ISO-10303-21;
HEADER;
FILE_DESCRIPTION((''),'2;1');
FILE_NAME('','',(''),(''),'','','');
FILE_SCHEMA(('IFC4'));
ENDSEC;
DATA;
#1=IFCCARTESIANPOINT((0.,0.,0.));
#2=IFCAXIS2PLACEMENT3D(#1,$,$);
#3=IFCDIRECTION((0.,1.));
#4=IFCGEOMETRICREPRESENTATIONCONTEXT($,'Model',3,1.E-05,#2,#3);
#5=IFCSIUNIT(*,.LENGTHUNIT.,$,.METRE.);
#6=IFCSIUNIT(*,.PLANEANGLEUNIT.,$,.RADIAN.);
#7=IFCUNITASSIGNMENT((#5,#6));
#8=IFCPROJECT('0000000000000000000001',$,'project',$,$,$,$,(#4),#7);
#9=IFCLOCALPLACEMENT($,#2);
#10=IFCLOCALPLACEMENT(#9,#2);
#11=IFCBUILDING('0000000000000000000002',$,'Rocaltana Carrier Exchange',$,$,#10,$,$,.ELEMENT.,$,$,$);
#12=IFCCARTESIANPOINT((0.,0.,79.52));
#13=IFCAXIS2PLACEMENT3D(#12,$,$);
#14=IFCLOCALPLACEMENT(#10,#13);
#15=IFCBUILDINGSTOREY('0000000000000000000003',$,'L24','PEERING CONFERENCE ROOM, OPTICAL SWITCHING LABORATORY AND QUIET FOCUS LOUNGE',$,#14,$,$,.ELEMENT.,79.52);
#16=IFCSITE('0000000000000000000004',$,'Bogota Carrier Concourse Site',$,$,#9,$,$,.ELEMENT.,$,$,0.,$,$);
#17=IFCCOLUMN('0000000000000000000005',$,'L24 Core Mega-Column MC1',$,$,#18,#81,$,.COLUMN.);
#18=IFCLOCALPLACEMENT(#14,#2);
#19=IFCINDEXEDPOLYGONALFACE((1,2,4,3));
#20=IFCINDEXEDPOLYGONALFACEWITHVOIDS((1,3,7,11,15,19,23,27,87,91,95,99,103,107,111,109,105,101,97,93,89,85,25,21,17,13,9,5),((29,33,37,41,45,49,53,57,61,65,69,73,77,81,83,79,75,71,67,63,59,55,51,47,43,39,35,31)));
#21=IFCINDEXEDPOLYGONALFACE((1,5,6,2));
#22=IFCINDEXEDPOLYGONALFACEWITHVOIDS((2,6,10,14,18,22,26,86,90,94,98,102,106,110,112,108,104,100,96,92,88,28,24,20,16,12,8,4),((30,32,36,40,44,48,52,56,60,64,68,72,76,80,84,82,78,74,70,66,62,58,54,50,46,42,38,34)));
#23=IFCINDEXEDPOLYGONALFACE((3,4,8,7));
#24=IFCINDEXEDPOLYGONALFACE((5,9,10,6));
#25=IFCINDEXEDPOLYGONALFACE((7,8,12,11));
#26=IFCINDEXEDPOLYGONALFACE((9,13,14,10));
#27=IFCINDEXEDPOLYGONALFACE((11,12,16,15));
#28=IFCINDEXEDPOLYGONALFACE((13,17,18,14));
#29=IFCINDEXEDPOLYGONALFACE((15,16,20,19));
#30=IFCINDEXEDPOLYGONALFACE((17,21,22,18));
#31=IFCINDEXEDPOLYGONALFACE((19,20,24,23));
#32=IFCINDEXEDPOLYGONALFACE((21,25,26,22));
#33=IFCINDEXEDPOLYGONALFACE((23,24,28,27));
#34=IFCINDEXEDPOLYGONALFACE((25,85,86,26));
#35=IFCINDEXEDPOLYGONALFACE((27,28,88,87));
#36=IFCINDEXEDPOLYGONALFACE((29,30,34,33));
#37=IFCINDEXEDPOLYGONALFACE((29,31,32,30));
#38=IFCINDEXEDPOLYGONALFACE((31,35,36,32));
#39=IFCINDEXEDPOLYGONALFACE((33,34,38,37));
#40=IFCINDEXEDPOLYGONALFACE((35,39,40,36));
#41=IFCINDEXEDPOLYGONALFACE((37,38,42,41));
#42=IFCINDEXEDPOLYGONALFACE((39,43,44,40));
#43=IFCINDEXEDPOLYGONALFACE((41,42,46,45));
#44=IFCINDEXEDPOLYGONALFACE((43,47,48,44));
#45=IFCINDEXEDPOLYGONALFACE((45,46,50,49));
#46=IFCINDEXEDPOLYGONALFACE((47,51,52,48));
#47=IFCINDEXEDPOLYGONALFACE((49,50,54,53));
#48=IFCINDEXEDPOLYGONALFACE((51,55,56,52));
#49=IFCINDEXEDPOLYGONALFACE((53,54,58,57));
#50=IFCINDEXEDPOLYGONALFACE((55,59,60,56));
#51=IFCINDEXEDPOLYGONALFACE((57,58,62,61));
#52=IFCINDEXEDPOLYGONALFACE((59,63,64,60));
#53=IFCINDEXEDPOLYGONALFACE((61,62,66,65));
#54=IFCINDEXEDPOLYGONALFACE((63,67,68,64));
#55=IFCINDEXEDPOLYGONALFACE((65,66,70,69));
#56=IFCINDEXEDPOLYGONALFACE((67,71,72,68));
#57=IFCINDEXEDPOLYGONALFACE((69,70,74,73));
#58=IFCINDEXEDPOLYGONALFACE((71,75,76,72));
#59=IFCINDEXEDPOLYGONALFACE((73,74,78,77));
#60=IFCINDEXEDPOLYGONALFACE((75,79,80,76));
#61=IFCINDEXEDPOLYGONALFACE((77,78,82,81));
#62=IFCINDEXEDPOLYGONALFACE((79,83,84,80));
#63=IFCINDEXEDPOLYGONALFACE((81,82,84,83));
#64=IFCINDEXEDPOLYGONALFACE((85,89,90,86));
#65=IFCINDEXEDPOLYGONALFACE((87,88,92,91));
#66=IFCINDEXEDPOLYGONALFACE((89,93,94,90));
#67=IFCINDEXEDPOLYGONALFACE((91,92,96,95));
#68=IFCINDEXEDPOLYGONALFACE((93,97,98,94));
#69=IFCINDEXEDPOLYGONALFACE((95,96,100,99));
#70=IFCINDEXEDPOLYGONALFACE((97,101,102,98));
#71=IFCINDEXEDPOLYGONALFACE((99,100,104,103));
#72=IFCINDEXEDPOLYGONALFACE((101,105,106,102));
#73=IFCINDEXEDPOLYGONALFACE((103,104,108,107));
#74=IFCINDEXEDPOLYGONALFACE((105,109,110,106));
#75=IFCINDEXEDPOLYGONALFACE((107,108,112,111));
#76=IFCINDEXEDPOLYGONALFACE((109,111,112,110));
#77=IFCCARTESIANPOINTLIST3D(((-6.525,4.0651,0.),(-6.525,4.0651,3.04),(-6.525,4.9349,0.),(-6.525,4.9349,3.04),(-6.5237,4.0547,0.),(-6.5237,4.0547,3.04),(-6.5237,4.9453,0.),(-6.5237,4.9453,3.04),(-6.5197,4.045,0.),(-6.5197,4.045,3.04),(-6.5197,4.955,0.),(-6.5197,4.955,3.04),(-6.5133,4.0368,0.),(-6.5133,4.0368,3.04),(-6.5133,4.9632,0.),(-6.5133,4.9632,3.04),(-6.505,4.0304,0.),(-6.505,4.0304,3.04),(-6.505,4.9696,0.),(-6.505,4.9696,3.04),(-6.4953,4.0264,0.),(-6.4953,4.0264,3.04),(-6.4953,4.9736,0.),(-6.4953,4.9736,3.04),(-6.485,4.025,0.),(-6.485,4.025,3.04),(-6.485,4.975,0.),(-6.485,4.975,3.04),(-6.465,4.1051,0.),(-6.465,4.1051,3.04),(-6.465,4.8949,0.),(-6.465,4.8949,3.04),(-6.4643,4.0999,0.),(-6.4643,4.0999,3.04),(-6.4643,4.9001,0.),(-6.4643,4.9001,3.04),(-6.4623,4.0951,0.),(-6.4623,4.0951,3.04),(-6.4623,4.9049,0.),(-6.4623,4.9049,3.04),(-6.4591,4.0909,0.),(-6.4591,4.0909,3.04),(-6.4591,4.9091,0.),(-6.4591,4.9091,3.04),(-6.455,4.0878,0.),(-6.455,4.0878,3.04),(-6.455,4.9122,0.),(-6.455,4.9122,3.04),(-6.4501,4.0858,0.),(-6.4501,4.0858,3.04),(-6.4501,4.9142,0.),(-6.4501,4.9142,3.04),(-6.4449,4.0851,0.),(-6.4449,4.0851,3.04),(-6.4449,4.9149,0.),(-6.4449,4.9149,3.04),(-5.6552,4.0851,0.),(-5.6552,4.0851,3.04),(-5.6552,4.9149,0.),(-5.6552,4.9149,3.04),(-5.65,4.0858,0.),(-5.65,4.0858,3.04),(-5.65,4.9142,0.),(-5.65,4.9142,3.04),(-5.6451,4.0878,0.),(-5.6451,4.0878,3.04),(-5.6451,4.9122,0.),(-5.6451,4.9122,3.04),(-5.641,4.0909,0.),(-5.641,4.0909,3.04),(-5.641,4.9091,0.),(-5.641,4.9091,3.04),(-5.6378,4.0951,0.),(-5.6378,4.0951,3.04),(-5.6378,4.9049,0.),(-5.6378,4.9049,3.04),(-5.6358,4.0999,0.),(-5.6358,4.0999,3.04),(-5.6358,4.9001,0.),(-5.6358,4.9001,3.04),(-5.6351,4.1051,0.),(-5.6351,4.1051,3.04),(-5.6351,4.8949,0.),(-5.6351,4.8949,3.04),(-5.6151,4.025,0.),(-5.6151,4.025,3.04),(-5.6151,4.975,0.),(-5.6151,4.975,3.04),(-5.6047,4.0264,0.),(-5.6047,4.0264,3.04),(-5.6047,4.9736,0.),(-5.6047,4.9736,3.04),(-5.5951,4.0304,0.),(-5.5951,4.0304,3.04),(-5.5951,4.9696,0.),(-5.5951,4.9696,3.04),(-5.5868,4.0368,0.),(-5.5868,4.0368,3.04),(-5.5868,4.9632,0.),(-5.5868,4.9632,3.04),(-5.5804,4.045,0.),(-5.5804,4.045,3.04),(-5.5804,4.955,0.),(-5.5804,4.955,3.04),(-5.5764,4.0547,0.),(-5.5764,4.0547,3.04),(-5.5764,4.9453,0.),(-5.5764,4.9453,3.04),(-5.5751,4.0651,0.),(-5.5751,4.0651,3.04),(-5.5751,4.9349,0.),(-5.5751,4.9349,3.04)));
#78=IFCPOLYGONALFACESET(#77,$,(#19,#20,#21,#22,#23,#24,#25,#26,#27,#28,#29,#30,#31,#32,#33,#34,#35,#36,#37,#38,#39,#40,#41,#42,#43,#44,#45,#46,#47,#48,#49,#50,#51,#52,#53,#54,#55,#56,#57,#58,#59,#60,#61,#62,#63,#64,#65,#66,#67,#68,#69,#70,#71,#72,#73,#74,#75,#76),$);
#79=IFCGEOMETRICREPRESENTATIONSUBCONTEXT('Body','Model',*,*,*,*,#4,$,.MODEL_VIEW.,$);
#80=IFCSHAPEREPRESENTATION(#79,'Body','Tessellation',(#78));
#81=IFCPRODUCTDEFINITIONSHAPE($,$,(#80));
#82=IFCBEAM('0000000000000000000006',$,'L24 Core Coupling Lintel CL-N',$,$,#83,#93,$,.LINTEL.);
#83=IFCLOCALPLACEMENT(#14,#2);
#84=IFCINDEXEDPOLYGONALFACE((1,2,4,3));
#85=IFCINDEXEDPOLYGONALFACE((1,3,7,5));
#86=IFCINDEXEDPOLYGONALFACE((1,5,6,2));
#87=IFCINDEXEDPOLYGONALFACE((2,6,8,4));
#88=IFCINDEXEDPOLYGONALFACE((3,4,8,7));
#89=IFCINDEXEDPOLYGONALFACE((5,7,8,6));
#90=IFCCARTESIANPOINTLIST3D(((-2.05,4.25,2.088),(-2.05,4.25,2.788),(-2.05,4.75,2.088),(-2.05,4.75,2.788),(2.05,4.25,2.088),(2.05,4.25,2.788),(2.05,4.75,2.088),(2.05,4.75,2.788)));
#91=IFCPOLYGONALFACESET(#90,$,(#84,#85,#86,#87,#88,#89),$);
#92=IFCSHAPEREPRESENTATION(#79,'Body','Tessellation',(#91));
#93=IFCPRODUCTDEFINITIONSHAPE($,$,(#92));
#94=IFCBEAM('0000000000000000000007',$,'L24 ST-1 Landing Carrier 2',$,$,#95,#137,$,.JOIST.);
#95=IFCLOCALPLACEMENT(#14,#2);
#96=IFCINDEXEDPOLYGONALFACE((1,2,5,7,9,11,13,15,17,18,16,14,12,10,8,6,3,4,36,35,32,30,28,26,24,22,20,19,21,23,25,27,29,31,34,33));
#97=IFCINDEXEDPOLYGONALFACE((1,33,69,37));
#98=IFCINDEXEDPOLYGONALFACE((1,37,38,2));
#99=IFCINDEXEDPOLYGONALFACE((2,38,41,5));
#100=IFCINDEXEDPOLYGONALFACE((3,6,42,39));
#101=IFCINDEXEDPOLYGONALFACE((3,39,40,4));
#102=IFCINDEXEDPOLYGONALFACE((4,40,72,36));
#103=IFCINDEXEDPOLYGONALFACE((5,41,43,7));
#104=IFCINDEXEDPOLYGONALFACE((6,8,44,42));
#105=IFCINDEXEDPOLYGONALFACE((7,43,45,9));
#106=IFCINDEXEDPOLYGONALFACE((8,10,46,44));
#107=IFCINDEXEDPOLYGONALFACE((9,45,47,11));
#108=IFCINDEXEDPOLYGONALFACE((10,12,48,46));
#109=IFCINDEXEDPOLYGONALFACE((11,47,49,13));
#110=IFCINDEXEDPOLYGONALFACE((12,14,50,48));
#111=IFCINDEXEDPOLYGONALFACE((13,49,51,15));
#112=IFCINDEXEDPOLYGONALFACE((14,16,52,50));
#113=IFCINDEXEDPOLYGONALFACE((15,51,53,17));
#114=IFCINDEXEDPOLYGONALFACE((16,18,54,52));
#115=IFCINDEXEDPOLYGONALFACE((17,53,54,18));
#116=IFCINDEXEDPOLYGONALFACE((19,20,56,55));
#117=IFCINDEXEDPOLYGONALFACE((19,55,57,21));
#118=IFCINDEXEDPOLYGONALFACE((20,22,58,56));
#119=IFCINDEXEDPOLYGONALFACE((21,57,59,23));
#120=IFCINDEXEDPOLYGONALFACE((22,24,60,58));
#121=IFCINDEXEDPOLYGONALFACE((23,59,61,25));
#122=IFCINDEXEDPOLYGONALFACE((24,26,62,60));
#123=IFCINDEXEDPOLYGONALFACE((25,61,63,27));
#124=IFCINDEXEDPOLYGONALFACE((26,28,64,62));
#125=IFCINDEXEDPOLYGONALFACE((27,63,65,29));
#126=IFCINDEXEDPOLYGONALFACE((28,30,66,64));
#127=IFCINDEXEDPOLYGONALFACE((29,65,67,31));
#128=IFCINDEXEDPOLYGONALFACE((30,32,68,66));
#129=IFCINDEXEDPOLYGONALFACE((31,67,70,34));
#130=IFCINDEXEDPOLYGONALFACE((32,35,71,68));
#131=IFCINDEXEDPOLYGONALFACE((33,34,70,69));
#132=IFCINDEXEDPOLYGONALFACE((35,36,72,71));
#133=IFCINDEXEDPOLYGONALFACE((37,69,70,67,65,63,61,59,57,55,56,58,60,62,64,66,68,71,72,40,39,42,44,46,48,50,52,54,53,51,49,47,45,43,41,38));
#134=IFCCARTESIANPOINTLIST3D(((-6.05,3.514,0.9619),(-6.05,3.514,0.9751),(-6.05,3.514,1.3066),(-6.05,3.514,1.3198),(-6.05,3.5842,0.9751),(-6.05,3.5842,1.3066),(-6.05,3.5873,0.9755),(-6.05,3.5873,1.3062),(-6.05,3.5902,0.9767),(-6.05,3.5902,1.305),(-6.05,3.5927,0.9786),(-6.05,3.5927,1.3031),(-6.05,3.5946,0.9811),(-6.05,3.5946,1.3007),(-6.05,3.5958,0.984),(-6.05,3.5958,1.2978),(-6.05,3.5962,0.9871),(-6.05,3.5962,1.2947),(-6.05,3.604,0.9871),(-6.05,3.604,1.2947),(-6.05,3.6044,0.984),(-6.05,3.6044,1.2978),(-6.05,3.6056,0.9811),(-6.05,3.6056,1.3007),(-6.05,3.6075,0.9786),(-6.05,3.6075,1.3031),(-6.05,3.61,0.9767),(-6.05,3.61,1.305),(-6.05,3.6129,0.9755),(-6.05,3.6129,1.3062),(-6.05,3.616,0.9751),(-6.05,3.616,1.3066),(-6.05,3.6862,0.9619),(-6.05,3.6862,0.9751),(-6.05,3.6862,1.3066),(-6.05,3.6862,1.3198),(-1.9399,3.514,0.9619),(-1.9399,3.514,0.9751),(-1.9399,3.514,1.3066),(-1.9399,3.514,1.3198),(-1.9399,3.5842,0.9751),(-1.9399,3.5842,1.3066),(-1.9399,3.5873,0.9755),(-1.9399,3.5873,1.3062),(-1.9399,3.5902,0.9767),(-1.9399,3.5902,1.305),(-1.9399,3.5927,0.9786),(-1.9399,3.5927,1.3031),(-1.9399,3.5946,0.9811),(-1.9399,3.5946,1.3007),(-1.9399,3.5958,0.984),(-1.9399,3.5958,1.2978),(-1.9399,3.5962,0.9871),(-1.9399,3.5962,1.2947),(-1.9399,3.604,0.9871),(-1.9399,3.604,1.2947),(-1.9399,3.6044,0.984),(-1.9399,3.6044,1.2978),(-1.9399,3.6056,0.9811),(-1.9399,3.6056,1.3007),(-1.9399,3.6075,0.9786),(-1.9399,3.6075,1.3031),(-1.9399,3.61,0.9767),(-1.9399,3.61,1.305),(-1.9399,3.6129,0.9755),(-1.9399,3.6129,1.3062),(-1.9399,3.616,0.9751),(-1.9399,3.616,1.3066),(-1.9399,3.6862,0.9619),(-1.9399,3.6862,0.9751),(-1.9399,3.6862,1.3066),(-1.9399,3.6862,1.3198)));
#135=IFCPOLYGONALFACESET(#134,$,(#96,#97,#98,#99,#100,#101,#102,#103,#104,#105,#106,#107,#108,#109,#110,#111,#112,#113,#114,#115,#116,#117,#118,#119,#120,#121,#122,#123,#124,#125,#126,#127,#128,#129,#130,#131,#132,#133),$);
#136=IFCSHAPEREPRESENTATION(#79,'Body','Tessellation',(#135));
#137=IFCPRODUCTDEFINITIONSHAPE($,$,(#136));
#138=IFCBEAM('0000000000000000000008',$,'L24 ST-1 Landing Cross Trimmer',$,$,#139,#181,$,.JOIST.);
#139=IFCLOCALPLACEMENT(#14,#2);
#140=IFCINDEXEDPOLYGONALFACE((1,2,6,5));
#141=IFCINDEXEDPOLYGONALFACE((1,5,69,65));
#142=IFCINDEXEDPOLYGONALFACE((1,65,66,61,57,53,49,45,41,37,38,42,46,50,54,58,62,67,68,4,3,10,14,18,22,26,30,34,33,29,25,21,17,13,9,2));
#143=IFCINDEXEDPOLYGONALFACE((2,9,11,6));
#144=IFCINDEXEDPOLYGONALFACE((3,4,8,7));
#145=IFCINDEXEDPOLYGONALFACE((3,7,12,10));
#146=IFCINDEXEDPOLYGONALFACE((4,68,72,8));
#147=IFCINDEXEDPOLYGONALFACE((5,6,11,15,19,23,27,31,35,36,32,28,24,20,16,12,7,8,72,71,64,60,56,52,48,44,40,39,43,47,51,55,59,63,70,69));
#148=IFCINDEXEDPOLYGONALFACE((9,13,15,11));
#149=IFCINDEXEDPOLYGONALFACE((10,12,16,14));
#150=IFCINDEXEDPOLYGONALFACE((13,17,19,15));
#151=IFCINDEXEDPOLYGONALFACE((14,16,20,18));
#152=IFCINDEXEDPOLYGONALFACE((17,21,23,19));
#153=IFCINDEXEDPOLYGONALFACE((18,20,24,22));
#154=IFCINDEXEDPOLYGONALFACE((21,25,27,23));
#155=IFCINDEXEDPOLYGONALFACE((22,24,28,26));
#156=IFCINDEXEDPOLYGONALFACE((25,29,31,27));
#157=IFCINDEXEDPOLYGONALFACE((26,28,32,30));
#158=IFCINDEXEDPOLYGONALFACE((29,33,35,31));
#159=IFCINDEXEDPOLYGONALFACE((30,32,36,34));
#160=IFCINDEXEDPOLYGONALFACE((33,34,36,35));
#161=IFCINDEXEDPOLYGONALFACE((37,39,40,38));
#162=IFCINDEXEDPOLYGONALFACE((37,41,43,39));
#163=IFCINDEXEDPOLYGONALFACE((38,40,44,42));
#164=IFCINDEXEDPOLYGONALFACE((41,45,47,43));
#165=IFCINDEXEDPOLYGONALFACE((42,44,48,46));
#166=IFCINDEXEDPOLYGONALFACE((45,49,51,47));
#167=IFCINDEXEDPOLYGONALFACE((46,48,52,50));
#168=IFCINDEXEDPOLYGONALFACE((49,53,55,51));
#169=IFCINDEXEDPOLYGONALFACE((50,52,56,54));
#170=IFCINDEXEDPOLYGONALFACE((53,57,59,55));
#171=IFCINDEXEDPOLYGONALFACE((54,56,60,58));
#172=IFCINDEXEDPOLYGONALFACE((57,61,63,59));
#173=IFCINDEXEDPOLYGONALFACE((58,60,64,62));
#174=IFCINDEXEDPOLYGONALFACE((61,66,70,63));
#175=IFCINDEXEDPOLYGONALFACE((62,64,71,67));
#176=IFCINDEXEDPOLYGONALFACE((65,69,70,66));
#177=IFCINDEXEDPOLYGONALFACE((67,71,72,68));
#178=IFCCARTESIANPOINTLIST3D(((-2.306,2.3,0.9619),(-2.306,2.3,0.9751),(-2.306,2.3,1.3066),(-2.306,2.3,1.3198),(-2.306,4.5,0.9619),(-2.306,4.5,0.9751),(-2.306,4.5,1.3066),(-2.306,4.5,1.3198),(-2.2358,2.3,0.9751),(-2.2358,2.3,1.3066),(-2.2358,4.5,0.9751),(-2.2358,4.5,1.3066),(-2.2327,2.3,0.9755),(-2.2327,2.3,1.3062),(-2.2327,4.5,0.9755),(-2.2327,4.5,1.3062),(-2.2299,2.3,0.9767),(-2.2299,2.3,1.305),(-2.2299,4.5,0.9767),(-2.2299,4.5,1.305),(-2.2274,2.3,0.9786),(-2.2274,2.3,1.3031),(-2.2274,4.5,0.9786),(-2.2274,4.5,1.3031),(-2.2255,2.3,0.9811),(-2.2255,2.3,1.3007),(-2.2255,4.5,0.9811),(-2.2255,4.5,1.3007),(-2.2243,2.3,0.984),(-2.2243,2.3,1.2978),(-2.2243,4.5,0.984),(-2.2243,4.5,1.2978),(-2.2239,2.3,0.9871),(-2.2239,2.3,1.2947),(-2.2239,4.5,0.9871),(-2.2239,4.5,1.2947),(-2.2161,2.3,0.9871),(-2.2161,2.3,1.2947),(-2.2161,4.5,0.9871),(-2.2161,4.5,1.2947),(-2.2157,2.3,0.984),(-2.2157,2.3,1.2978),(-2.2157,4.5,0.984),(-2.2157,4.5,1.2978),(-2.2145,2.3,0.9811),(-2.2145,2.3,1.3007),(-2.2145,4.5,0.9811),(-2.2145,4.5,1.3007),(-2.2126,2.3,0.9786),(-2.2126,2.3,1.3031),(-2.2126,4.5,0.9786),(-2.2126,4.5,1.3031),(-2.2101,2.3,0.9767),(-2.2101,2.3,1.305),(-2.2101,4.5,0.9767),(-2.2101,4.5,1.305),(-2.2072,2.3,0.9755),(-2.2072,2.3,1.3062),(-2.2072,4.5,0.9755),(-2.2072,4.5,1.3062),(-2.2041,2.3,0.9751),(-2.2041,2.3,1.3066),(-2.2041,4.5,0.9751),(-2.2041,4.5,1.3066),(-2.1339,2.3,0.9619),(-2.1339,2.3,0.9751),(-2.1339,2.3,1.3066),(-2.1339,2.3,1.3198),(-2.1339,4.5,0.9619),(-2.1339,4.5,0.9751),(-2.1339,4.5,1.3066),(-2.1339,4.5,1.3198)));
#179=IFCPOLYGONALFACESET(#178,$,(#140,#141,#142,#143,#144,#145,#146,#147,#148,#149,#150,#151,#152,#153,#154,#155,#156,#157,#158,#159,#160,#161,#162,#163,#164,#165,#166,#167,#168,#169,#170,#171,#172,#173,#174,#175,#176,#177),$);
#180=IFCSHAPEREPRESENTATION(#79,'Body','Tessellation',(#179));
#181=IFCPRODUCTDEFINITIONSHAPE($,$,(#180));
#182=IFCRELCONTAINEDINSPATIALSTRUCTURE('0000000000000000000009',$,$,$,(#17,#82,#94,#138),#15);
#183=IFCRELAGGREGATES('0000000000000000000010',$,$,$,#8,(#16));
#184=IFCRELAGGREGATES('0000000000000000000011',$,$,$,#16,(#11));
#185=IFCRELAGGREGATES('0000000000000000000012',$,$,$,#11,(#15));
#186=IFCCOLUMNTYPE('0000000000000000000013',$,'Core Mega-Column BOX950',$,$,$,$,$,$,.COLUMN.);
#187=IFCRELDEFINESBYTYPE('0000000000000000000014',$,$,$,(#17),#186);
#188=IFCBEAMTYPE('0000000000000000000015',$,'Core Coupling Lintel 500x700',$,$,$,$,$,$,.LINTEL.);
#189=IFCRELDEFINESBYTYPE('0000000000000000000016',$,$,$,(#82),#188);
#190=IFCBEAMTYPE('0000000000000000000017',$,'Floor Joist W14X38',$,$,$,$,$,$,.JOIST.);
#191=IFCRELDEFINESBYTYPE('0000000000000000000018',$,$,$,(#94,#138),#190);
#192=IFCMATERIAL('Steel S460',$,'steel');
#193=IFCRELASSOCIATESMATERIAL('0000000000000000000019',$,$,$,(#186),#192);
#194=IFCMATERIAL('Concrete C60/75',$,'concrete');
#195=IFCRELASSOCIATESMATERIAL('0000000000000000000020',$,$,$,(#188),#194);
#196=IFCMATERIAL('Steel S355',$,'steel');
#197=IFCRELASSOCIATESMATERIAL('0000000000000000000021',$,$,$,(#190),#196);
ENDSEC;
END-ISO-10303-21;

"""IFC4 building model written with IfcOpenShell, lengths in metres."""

from ifc_helpers import new_model, si_unit, direction, frame, origin, origin_2d, place, context, subcontext, project, spatial, rectangle, hollow_rectangle, i_section, extrude, material, material_profile, profile_set, type_object, element, save


model = new_model("IFC4")

# Units and contexts
model_context = context("Model", 3, precision=1e-05, world=origin(), true_north=direction((0.0, 1.0)))
body_context = subcontext(model_context, "Body", "Model", "MODEL_VIEW")
ifc_project = project(units=[si_unit("LENGTHUNIT", "METRE"), si_unit("PLANEANGLEUNIT", "RADIAN")], contexts=[model_context])

# Site, building, storey
site_placement = place(None, origin())
site = spatial("IfcSite", under=ifc_project, at=site_placement, Name="Bogota Carrier Concourse Site", CompositionType="ELEMENT", RefElevation=0.0)
building_placement = place(site_placement, origin())
building = spatial("IfcBuilding", under=site, at=building_placement, Name="Rocaltana Carrier Exchange", CompositionType="ELEMENT")
storey_placement = place(building_placement, frame((0.0, 0.0, 79.52)))
storey = spatial("IfcBuildingStorey", under=building, at=storey_placement, Name="L24", Description="PEERING CONFERENCE ROOM, OPTICAL SWITCHING LABORATORY AND QUIET FOCUS LOUNGE", CompositionType="ELEMENT", Elevation=79.52)

# Column
ifc_material_1 = material(Name="Steel S460", Category="steel")
ifc_material_profile_1 = material_profile(ifc_material_1, hollow_rectangle(XDim=0.95, YDim=0.95, WallThickness=0.0601, InnerFilletRadius=0.02, OuterFilletRadius=0.04, at=origin_2d()), Name="BOX950X950X60")
ifc_profile_set_1 = profile_set([ifc_material_profile_1], Name="Steel S460")
column_type = type_object("IfcColumnType", Name="Core Mega-Column BOX950", PredefinedType="COLUMN", material=ifc_profile_set_1)
column_placement = place(storey_placement, frame((-6.05, 4.5, 0.0), z_axis=(0.0, 0.0, 1.0), x_axis=(1.0, 0.0, 0.0)))
element("IfcColumn", 1, at=column_placement, inside=storey, type_object=column_type, Name="L24 Core Mega-Column MC1", PredefinedType="COLUMN", context=body_context, shape_type="SweptSolid", body=[
    extrude(hollow_rectangle(XDim=0.95, YDim=0.95, WallThickness=0.0601, InnerFilletRadius=0.02, OuterFilletRadius=0.04, at=origin_2d()), origin(), (0.0, 0.0, 1.0), 3.04),
])

# Beams
ifc_material_2 = material(Name="Concrete C60/75", Category="concrete")
ifc_material_profile_2 = material_profile(ifc_material_2, rectangle(XDim=0.5, YDim=0.7, at=origin_2d()), Name="RC-BM-500X700")
ifc_profile_set_2 = profile_set([ifc_material_profile_2], Name="Concrete C60/75")
beam_type_1 = type_object("IfcBeamType", Name="Core Coupling Lintel 500x700", PredefinedType="LINTEL", material=ifc_profile_set_2)
beam_1_placement = place(storey_placement, frame((-2.05, 4.5, 2.438), z_axis=(1.0, 0.0, 0.0), x_axis=(0.0, 1.0, 0.0)))
element("IfcBeam", 2, at=beam_1_placement, inside=storey, type_object=beam_type_1, Name="L24 Core Coupling Lintel CL-N", PredefinedType="LINTEL", context=body_context, shape_type="SweptSolid", body=[
    extrude(rectangle(XDim=0.5, YDim=0.7, at=origin_2d()), origin(), (0.0, 0.0, 1.0), 4.1001),
])
ifc_material_3 = material(Name="Steel S355", Category="steel")
ifc_material_profile_3 = material_profile(ifc_material_3, i_section(OverallWidth=0.1721, OverallDepth=0.3579, WebThickness=0.0078, FlangeThickness=0.0132, FilletRadius=0.012, at=origin_2d()), Name="W14X38")
ifc_profile_set_3 = profile_set([ifc_material_profile_3], Name="Steel S355")
beam_type_2 = type_object("IfcBeamType", Name="Floor Joist W14X38", PredefinedType="JOIST", material=ifc_profile_set_3)
beam_2_placement = place(storey_placement, frame((-6.05, 3.6001, 1.1409), z_axis=(1.0, 0.0, 0.0), x_axis=(0.0, 1.0, 0.0)))
element("IfcBeam", 3, at=beam_2_placement, inside=storey, type_object=beam_type_2, Name="L24 ST-1 Landing Carrier 2", PredefinedType="JOIST", context=body_context, shape_type="SweptSolid", body=[
    extrude(i_section(OverallWidth=0.1721, OverallDepth=0.3579, WebThickness=0.0078, FlangeThickness=0.0132, FilletRadius=0.012, at=origin_2d()), origin(), (0.0, 0.0, 1.0), 4.1101),
])
beam_3_placement = place(storey_placement, frame((-2.22, 2.3, 1.1409), z_axis=(0.0, 1.0, 0.0), x_axis=(-1.0, 0.0, 0.0)))
element("IfcBeam", 4, at=beam_3_placement, inside=storey, type_object=beam_type_2, Name="L24 ST-1 Landing Cross Trimmer", PredefinedType="JOIST", context=body_context, shape_type="SweptSolid", body=[
    extrude(i_section(OverallWidth=0.1721, OverallDepth=0.3579, WebThickness=0.0078, FlangeThickness=0.0132, FilletRadius=0.012, at=origin_2d()), origin(), (0.0, 0.0, 1.0), 2.2),
])

save(model, "model.ifc")
